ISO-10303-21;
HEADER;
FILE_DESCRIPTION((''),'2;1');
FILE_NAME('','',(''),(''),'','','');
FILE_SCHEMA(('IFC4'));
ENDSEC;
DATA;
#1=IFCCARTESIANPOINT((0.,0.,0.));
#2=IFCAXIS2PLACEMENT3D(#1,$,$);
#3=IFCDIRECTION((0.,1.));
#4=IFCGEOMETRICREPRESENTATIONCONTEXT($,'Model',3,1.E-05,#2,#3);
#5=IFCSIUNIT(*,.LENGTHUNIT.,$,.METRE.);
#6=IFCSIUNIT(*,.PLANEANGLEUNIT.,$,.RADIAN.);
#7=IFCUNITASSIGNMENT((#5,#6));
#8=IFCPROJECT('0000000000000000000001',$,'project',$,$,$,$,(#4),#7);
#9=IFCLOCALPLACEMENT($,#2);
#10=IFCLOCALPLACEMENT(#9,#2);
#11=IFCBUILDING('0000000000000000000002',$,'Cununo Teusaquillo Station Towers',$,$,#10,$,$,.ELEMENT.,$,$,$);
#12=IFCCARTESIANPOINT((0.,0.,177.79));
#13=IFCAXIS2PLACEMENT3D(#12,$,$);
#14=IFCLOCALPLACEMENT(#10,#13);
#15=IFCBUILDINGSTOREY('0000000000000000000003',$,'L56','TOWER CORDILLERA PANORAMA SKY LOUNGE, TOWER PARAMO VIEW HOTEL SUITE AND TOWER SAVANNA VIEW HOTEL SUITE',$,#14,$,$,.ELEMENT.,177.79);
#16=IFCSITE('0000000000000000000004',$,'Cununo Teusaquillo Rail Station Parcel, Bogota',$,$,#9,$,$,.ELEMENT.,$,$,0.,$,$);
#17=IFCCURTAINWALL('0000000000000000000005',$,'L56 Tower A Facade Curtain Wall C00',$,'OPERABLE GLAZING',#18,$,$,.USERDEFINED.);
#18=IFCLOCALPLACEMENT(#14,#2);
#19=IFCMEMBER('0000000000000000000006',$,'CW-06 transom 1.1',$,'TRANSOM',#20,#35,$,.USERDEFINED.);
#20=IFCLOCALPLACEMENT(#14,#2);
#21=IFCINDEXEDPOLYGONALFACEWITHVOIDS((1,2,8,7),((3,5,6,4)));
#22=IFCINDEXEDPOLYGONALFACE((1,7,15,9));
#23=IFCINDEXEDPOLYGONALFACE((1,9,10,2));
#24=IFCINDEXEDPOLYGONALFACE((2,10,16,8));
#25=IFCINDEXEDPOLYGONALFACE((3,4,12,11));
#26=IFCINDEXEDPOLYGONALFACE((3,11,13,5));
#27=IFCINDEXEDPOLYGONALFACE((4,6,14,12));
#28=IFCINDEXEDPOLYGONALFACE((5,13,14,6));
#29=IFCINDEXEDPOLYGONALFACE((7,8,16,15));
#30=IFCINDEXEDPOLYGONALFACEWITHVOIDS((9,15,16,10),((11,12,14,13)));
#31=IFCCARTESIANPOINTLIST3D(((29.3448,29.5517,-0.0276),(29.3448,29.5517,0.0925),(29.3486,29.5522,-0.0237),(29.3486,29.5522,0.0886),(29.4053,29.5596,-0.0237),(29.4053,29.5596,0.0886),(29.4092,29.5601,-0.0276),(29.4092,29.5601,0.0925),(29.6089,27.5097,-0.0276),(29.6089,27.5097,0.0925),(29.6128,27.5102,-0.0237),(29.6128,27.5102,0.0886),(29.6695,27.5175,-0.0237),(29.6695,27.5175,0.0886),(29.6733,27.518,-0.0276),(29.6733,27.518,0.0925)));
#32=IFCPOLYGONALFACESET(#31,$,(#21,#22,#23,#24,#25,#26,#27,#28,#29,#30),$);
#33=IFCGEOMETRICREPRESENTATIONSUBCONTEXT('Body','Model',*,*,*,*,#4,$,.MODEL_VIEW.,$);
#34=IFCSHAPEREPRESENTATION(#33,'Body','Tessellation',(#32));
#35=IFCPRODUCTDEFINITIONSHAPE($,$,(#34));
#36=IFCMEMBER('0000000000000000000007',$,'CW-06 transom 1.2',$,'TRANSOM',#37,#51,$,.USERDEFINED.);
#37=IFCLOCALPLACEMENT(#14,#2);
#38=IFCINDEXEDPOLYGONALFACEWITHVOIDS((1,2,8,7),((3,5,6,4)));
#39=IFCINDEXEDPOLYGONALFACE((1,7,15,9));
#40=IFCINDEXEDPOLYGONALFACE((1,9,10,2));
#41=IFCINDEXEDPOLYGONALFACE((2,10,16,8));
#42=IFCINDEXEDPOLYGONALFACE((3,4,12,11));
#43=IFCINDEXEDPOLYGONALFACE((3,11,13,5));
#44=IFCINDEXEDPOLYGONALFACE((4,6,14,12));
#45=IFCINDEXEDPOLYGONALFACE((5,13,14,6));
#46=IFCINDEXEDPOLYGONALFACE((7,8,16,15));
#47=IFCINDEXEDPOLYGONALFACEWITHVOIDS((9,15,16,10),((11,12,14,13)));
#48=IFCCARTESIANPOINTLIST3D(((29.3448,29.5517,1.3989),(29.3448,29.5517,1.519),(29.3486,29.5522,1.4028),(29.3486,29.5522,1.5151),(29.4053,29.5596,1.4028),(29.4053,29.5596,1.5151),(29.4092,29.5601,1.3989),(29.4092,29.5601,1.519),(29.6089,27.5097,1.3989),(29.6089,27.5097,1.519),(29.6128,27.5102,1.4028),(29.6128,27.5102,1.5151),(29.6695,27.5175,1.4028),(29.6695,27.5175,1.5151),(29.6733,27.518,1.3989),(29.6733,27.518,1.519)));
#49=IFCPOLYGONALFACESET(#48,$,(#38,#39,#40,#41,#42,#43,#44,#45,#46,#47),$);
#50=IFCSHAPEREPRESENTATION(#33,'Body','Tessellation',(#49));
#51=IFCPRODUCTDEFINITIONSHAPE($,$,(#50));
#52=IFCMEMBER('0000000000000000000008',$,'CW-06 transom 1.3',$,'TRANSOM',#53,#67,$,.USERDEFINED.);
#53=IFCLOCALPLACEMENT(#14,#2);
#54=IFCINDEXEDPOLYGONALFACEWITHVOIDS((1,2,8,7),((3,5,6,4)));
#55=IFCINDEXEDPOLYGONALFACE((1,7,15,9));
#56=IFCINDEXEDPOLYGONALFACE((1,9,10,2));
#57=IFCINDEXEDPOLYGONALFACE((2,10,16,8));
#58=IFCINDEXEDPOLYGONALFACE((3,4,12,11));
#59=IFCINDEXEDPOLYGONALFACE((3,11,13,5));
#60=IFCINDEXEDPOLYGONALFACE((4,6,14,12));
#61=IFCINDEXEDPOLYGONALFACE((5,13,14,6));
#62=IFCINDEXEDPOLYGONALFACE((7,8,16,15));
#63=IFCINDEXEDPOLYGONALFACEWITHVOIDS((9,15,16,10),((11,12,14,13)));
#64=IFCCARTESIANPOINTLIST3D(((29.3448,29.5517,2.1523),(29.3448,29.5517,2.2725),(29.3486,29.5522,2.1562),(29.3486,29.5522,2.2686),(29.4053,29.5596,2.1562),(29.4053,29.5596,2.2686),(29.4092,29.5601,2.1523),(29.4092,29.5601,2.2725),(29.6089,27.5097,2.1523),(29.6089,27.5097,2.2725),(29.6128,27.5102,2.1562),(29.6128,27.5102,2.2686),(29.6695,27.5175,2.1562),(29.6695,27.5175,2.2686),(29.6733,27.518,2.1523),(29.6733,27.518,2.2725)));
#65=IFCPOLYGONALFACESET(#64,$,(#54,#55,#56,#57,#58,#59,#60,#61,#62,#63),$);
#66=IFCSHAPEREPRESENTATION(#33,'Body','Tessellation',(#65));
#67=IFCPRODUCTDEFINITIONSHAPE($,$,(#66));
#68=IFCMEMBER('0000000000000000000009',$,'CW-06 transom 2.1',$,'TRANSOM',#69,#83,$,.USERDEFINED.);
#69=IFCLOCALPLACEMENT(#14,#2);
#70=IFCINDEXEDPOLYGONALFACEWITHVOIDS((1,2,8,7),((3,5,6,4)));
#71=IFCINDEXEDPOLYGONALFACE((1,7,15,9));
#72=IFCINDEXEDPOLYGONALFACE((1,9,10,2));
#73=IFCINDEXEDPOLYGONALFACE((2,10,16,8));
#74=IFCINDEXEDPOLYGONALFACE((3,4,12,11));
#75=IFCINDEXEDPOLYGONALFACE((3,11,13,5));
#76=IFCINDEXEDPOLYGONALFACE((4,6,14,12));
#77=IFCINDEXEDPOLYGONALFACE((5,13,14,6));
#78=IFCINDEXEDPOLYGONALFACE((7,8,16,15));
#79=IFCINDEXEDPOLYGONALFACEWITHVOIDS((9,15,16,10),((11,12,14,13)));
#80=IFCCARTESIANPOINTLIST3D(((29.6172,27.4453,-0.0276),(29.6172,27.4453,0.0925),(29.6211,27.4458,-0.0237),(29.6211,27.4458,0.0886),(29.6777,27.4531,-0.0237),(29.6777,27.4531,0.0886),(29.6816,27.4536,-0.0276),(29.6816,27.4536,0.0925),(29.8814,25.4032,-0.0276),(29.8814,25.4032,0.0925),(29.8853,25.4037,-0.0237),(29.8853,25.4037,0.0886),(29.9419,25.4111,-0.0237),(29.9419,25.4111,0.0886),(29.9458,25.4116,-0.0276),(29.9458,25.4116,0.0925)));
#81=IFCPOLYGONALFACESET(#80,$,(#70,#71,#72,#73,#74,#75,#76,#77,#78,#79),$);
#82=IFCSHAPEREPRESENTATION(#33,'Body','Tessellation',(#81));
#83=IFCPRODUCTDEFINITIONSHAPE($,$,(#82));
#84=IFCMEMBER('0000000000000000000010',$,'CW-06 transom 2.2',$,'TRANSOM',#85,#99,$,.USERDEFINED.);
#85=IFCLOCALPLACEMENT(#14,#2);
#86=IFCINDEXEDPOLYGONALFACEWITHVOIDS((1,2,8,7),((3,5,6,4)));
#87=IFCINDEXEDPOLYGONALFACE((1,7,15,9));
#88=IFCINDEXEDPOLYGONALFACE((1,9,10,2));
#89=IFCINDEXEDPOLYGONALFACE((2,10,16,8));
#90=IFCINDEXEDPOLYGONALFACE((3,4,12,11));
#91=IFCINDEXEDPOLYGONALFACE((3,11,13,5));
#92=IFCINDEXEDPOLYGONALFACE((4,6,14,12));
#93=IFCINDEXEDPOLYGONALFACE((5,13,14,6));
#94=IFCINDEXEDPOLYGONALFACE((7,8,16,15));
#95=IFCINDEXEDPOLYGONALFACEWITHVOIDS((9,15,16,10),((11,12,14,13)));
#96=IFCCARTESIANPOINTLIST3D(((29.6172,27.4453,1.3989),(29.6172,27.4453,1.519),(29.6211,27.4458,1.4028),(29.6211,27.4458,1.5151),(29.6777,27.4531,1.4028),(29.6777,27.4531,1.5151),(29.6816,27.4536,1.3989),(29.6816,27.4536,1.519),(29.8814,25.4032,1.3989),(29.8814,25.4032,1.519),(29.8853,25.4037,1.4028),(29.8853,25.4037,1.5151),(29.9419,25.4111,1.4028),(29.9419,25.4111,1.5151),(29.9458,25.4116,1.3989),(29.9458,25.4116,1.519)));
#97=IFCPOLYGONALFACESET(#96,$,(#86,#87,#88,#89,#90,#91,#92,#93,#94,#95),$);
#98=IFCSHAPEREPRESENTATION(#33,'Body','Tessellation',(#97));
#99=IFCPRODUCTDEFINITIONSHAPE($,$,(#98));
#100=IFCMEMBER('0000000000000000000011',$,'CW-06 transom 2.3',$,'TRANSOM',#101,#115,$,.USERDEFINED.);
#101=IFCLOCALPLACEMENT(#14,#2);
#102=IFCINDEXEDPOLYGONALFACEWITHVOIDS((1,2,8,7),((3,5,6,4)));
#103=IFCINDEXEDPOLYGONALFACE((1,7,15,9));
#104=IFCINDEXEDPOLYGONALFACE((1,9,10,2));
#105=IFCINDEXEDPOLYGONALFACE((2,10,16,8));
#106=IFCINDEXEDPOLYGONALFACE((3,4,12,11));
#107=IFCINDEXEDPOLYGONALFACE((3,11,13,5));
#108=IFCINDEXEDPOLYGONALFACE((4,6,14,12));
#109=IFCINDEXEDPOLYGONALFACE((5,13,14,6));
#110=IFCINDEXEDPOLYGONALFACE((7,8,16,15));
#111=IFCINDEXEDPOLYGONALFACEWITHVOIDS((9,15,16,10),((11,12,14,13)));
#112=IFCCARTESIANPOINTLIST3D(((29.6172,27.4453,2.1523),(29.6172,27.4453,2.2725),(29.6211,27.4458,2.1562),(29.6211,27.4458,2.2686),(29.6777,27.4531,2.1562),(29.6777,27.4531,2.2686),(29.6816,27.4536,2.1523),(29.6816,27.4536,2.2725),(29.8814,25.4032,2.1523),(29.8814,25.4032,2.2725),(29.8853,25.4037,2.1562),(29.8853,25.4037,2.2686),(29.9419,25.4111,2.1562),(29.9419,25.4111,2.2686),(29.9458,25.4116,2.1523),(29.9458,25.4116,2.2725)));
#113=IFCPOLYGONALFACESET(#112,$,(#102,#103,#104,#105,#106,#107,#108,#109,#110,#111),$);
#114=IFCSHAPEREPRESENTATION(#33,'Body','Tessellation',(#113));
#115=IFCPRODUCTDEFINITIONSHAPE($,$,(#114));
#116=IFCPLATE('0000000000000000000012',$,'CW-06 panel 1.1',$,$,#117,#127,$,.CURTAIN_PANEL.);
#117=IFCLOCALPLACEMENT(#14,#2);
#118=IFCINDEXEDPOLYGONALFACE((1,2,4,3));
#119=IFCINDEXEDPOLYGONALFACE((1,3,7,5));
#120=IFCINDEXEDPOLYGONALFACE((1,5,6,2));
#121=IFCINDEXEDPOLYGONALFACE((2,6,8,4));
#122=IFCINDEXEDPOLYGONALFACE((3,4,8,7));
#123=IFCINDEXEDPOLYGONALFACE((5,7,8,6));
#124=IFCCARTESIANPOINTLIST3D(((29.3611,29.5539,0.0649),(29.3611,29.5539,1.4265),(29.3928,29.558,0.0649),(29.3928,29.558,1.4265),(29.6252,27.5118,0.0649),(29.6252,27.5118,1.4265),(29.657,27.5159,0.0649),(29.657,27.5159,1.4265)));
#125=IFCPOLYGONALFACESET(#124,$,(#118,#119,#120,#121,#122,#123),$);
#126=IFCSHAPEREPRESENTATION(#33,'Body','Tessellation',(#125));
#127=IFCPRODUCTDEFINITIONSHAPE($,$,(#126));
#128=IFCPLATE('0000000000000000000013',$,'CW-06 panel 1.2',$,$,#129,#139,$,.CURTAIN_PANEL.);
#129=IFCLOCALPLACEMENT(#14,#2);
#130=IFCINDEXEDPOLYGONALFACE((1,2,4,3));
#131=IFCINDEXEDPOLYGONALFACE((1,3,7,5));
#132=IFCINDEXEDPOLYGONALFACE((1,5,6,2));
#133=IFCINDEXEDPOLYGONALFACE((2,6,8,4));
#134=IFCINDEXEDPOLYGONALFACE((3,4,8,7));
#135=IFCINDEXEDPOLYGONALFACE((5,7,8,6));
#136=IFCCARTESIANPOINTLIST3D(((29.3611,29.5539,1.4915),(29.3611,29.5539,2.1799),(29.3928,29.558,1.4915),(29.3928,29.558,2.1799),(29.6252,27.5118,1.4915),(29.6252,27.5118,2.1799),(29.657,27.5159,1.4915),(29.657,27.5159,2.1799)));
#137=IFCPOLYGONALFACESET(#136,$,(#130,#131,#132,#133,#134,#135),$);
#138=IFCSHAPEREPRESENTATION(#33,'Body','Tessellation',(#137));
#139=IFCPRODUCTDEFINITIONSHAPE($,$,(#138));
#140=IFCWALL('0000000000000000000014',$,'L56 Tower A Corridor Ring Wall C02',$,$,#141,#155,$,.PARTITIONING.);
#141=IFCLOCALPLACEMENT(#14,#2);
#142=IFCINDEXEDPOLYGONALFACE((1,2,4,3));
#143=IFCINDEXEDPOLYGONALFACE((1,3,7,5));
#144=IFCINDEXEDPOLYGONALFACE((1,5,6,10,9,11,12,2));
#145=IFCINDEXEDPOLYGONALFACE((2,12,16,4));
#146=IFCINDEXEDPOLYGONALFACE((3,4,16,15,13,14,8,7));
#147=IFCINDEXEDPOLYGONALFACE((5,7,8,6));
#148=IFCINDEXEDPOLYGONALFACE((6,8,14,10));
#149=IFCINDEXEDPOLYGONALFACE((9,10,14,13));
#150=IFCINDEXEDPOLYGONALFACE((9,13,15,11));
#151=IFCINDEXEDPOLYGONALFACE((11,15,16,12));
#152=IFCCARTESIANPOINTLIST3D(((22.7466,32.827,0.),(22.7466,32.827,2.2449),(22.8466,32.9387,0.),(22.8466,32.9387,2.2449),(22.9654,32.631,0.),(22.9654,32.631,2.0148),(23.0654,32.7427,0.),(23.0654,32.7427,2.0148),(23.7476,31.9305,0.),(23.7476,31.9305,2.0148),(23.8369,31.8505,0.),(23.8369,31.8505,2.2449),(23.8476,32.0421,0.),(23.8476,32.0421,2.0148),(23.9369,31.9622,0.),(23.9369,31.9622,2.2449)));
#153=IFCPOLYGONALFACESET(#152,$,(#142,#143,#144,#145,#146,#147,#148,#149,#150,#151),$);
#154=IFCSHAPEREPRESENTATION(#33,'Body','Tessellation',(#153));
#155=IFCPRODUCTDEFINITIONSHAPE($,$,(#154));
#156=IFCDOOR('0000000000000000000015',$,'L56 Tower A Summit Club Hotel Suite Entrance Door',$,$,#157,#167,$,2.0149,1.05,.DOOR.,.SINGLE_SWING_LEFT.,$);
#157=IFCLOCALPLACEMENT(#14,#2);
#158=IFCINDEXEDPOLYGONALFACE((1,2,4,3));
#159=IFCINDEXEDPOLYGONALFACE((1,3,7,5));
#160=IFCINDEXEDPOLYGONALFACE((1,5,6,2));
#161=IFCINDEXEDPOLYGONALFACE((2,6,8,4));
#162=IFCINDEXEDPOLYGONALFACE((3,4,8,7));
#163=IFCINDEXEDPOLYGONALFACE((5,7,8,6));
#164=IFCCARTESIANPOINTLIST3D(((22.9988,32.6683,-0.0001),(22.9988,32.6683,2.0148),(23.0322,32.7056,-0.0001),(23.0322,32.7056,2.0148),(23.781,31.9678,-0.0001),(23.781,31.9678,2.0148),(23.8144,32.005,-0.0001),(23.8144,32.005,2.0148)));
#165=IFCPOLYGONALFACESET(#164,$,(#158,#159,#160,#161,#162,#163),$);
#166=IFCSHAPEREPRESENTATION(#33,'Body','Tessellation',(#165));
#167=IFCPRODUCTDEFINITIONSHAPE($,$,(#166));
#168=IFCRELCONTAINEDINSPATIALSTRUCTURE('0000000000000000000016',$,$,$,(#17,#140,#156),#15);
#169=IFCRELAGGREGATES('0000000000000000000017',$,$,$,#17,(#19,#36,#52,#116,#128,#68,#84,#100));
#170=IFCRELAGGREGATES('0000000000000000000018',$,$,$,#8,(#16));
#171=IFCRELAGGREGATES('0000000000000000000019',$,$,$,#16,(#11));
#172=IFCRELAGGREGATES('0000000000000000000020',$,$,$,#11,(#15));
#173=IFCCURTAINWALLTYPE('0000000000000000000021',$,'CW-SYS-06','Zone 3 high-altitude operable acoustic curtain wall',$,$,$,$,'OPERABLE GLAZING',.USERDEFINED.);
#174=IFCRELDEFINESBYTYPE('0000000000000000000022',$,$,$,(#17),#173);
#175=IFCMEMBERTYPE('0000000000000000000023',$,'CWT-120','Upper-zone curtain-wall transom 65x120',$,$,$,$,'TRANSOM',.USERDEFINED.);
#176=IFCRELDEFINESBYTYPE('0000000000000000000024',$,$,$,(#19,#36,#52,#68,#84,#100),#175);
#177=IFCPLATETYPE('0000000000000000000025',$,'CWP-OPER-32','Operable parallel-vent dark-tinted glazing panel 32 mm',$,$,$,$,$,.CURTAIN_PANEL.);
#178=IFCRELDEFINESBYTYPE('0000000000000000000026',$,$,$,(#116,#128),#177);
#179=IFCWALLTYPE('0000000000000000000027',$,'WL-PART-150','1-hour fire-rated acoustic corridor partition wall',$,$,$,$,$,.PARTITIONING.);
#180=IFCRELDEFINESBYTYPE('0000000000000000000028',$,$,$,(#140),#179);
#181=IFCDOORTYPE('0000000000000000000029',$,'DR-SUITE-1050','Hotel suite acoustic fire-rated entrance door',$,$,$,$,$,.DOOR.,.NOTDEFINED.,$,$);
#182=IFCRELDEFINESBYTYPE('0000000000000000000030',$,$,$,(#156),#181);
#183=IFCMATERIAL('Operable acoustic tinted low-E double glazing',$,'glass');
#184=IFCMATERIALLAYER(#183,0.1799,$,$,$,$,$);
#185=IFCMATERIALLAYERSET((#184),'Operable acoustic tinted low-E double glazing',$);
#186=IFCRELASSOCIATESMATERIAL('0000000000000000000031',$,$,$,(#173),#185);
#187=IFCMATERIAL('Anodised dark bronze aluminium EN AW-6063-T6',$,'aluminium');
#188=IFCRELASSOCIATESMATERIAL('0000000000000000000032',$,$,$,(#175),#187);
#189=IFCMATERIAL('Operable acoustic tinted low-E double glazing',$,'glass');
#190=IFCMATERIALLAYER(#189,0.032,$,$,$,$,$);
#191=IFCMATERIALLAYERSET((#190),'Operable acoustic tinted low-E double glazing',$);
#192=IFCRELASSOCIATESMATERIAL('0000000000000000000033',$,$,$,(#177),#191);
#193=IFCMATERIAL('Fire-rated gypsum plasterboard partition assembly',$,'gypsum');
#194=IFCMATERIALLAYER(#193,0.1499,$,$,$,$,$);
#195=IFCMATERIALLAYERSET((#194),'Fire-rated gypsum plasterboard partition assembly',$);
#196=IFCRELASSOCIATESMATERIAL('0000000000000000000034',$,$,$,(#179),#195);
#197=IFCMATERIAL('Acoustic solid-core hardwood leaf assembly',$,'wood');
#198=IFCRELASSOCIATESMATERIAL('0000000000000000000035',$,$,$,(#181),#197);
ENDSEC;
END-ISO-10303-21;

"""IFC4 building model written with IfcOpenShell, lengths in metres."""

from ifc_helpers import new_model, si_unit, direction, frame, frame_2d, origin, origin_2d, place, context, subcontext, project, spatial, rectangle, hollow_rectangle, extrude, source, transform, mapped, material, layer, layer_set, material_profile, profile_set, type_object, element, fill, aggregate, save


model = new_model("IFC4")

# Units and contexts
model_context = context("Model", 3, precision=1e-05, world=origin(), true_north=direction((0.0, 1.0)))
body_context = subcontext(model_context, "Body", "Model", "MODEL_VIEW")
ifc_project = project(units=[si_unit("LENGTHUNIT", "METRE"), si_unit("PLANEANGLEUNIT", "RADIAN")], contexts=[model_context])

# Site, building, storey
site_placement = place(None, origin())
site = spatial("IfcSite", under=ifc_project, at=site_placement, Name="Cununo Teusaquillo Rail Station Parcel, Bogota", CompositionType="ELEMENT", RefElevation=0.0)
building_placement = place(site_placement, origin())
building = spatial("IfcBuilding", under=site, at=building_placement, Name="Cununo Teusaquillo Station Towers", CompositionType="ELEMENT")
storey_placement = place(building_placement, frame((0.0, 0.0, 177.79)))
storey = spatial("IfcBuildingStorey", under=building, at=storey_placement, Name="L56", Description="TOWER CORDILLERA PANORAMA SKY LOUNGE, TOWER PARAMO VIEW HOTEL SUITE AND TOWER SAVANNA VIEW HOTEL SUITE", CompositionType="ELEMENT", Elevation=177.79)

# Curtain wall, members, plates
ifc_material_1 = material(Name="Operable acoustic tinted low-E double glazing", Category="glass")
ifc_layer_1 = layer(ifc_material_1, 0.1799)
ifc_layer_set_1 = layer_set([ifc_layer_1], Name="Operable acoustic tinted low-E double glazing")
curtain_wall_type = type_object("IfcCurtainWallType", Name="CW-SYS-06", Description="Zone 3 high-altitude operable acoustic curtain wall", ElementType="OPERABLE GLAZING", PredefinedType="USERDEFINED", material=ifc_layer_set_1)
curtain_wall_placement = place(storey_placement, origin())
curtain_wall = element("IfcCurtainWall", 1, at=curtain_wall_placement, inside=storey, type_object=curtain_wall_type, Name="L56 Tower A Facade Curtain Wall C00", ObjectType="OPERABLE GLAZING", PredefinedType="USERDEFINED")
ifc_material_2 = material(Name="Anodised dark bronze aluminium EN AW-6063-T6", Category="aluminium")
ifc_material_profile_1 = material_profile(ifc_material_2, hollow_rectangle(XDim=0.0649, YDim=0.1201, WallThickness=0.0039, at=origin_2d()), Name="CW-TRAN-65x120")
ifc_profile_set_1 = profile_set([ifc_material_profile_1], Name="Anodised dark bronze aluminium EN AW-6063-T6")
member_type_1 = type_object("IfcMemberType", Name="CWT-120", Description="Upper-zone curtain-wall transom 65x120", ElementType="TRANSOM", PredefinedType="USERDEFINED", material=ifc_profile_set_1)
member_1_placement = place(storey_placement, frame((29.377, 29.5559, 0.0325), z_axis=(0.128295, -0.991736, 0.0), x_axis=(0.991736, 0.128295, 0.0)))
member_1 = element("IfcMember", 2, at=member_1_placement, type_object=member_type_1, Name="CW-06 transom 1.1", ObjectType="TRANSOM", PredefinedType="USERDEFINED", context=body_context, shape_type="SweptSolid", body=[
    extrude(hollow_rectangle(XDim=0.0649, YDim=0.1201, WallThickness=0.0039, at=origin_2d()), origin(), (0.0, 0.0, 1.0), 2.0591),
])
member_2_placement = place(storey_placement, frame((29.377, 29.5559, 1.459), z_axis=(0.128295, -0.991736, 0.0), x_axis=(0.991736, 0.128295, 0.0)))
member_2 = element("IfcMember", 3, at=member_2_placement, type_object=member_type_1, Name="CW-06 transom 1.2", ObjectType="TRANSOM", PredefinedType="USERDEFINED", context=body_context, shape_type="SweptSolid", body=[
    extrude(hollow_rectangle(XDim=0.0649, YDim=0.1201, WallThickness=0.0039, at=origin_2d()), origin(), (0.0, 0.0, 1.0), 2.0591),
])
member_3_placement = place(storey_placement, frame((29.377, 29.5559, 2.2124), z_axis=(0.128295, -0.991736, 0.0), x_axis=(0.991736, 0.128295, 0.0)))
member_3 = element("IfcMember", 4, at=member_3_placement, type_object=member_type_1, Name="CW-06 transom 1.3", ObjectType="TRANSOM", PredefinedType="USERDEFINED", context=body_context, shape_type="SweptSolid", body=[
    extrude(hollow_rectangle(XDim=0.0649, YDim=0.1201, WallThickness=0.0039, at=origin_2d()), origin(), (0.0, 0.0, 1.0), 2.0591),
])
member_4_placement = place(storey_placement, frame((29.6494, 27.4495, 0.0325), z_axis=(0.128295, -0.991736, 0.0), x_axis=(0.991736, 0.128295, 0.0)))
member_4 = element("IfcMember", 5, at=member_4_placement, type_object=member_type_1, Name="CW-06 transom 2.1", ObjectType="TRANSOM", PredefinedType="USERDEFINED", context=body_context, shape_type="SweptSolid", body=[
    extrude(hollow_rectangle(XDim=0.0649, YDim=0.1201, WallThickness=0.0039, at=origin_2d()), origin(), (0.0, 0.0, 1.0), 2.0591),
])
member_5_placement = place(storey_placement, frame((29.6494, 27.4495, 1.459), z_axis=(0.128295, -0.991736, 0.0), x_axis=(0.991736, 0.128295, 0.0)))
member_5 = element("IfcMember", 6, at=member_5_placement, type_object=member_type_1, Name="CW-06 transom 2.2", ObjectType="TRANSOM", PredefinedType="USERDEFINED", context=body_context, shape_type="SweptSolid", body=[
    extrude(hollow_rectangle(XDim=0.0649, YDim=0.1201, WallThickness=0.0039, at=origin_2d()), origin(), (0.0, 0.0, 1.0), 2.0591),
])
member_6_placement = place(storey_placement, frame((29.6494, 27.4495, 2.2124), z_axis=(0.128295, -0.991736, 0.0), x_axis=(0.991736, 0.128295, 0.0)))
member_6 = element("IfcMember", 7, at=member_6_placement, type_object=member_type_1, Name="CW-06 transom 2.3", ObjectType="TRANSOM", PredefinedType="USERDEFINED", context=body_context, shape_type="SweptSolid", body=[
    extrude(hollow_rectangle(XDim=0.0649, YDim=0.1201, WallThickness=0.0039, at=origin_2d()), origin(), (0.0, 0.0, 1.0), 2.0591),
])
ifc_material_3 = material(Name="Operable acoustic tinted low-E double glazing", Category="glass")
ifc_layer_2 = layer(ifc_material_3, 0.032)
ifc_layer_set_2 = layer_set([ifc_layer_2], Name="Operable acoustic tinted low-E double glazing")
plate_type = type_object("IfcPlateType", Name="CWP-OPER-32", Description="Operable parallel-vent dark-tinted glazing panel 32 mm", PredefinedType="CURTAIN_PANEL", material=ifc_layer_set_2)
shared_shape_1 = source(origin(), body_context, "Body", "SweptSolid", [
    extrude(rectangle(XDim=2.0591, YDim=0.032, at=origin_2d()), origin(), (0.0, 0.0, 1.0), 1.3616),
])
plate_1_placement = place(storey_placement, frame((29.509, 28.5349, 0.0649), z_axis=(0.0, 0.0, 1.0), x_axis=(0.128285, -0.991737, 0.0)))
plate_1 = element("IfcPlate", 8, at=plate_1_placement, type_object=plate_type, Name="CW-06 panel 1.1", PredefinedType="CURTAIN_PANEL", context=body_context, shape_type="MappedRepresentation", body=[
    mapped(shared_shape_1, transform((0.0, 0.0, 0.0), x_axis=(1.0, 0.0, 0.0), y_axis=(0.0, 1.0, 0.0), z_axis=(0.0, 0.0, 1.0), scale=1.0)),
])
shared_shape_2 = source(origin(), body_context, "Body", "SweptSolid", [
    extrude(rectangle(XDim=2.0591, YDim=0.032, at=origin_2d()), origin(), (0.0, 0.0, 1.0), 0.6885),
])
plate_2_placement = place(storey_placement, frame((29.509, 28.5349, 1.4915), z_axis=(0.0, 0.0, 1.0), x_axis=(0.128285, -0.991737, 0.0)))
plate_2 = element("IfcPlate", 9, at=plate_2_placement, type_object=plate_type, Name="CW-06 panel 1.2", PredefinedType="CURTAIN_PANEL", context=body_context, shape_type="MappedRepresentation", body=[
    mapped(shared_shape_2, transform((0.0, 0.0, 0.0), x_axis=(1.0, 0.0, 0.0), y_axis=(0.0, 1.0, 0.0), z_axis=(0.0, 0.0, 1.0), scale=1.0)),
])
aggregate(curtain_wall, [member_1, member_2, member_3, plate_1, plate_2, member_4, member_5, member_6])

# Wall, opening, door
ifc_material_4 = material(Name="Fire-rated gypsum plasterboard partition assembly", Category="gypsum")
ifc_layer_3 = layer(ifc_material_4, 0.1499)
ifc_layer_set_3 = layer_set([ifc_layer_3], Name="Fire-rated gypsum plasterboard partition assembly")
wall_type_1 = type_object("IfcWallType", Name="WL-PART-150", Description="1-hour fire-rated acoustic corridor partition wall", PredefinedType="PARTITIONING", material=ifc_layer_set_3)
wall_1_placement = place(storey_placement, frame((23.887, 31.9062, 0.0), z_axis=(0.0, 0.0, 1.0), x_axis=(-0.744901, 0.667175, 0.0)))
wall_1 = element("IfcWall", 10, at=wall_1_placement, inside=storey, type_object=wall_type_1, Name="L56 Tower A Corridor Ring Wall C02", PredefinedType="PARTITIONING", context=body_context, shape_type="SweptSolid", body=[
    extrude(rectangle(XDim=1.4636, YDim=0.1499, at=frame_2d((0.7319, 0.0))), origin(), (0.0, 0.0, 1.0), 2.2449),
])
shared_shape_3 = source(origin(), body_context, "Body", "SweptSolid", [
    extrude(rectangle(XDim=1.05, YDim=2.0149, at=frame_2d((0.5249, 1.0073))), frame((0.0, 0.085, 0.0), z_axis=(0.0, -1.0, 0.0), x_axis=(1.0, 0.0, 0.0)), (0.0, 0.0, 1.0), 0.1699),
])
opening_1_placement = place(wall_1_placement, frame((0.1201, 0.0, 0.0)))
opening_1 = element("IfcOpeningElement", 11, at=opening_1_placement, cuts=wall_1, PredefinedType="OPENING", context=body_context, shape_type="MappedRepresentation", body=[
    mapped(shared_shape_3, transform((0.0, 0.0, 0.0), x_axis=(1.0, 0.0, 0.0), y_axis=(0.0, 1.0, 0.0), z_axis=(0.0, 0.0, 1.0), scale=1.0)),
])
ifc_material_5 = material(Name="Acoustic solid-core hardwood leaf assembly", Category="wood")
door_type_1 = type_object("IfcDoorType", Name="DR-SUITE-1050", Description="Hotel suite acoustic fire-rated entrance door", OperationType="NOTDEFINED", PredefinedType="DOOR", material=ifc_material_5)
shared_shape_4 = source(origin(), body_context, "Body", "SweptSolid", [
    extrude(rectangle(XDim=1.05, YDim=2.0149, at=frame_2d((0.5249, 1.0073))), frame((0.0, 0.0249, 0.0), z_axis=(0.0, -1.0, 0.0), x_axis=(1.0, 0.0, 0.0)), (0.0, 0.0, 1.0), 0.05),
])
door_1_placement = place(opening_1_placement, origin())
door_1 = element("IfcDoor", 12, at=door_1_placement, inside=storey, type_object=door_type_1, Name="L56 Tower A Summit Club Hotel Suite Entrance Door", OperationType="SINGLE_SWING_LEFT", OverallHeight=2.0149, OverallWidth=1.05, PredefinedType="DOOR", context=body_context, shape_type="MappedRepresentation", body=[
    mapped(shared_shape_4, transform((0.0, 0.0, 0.0), x_axis=(1.0, 0.0, 0.0), y_axis=(0.0, 1.0, 0.0), z_axis=(0.0, 0.0, 1.0), scale=1.0)),
])
fill(opening_1, door_1)

save(model, "model.ifc")
